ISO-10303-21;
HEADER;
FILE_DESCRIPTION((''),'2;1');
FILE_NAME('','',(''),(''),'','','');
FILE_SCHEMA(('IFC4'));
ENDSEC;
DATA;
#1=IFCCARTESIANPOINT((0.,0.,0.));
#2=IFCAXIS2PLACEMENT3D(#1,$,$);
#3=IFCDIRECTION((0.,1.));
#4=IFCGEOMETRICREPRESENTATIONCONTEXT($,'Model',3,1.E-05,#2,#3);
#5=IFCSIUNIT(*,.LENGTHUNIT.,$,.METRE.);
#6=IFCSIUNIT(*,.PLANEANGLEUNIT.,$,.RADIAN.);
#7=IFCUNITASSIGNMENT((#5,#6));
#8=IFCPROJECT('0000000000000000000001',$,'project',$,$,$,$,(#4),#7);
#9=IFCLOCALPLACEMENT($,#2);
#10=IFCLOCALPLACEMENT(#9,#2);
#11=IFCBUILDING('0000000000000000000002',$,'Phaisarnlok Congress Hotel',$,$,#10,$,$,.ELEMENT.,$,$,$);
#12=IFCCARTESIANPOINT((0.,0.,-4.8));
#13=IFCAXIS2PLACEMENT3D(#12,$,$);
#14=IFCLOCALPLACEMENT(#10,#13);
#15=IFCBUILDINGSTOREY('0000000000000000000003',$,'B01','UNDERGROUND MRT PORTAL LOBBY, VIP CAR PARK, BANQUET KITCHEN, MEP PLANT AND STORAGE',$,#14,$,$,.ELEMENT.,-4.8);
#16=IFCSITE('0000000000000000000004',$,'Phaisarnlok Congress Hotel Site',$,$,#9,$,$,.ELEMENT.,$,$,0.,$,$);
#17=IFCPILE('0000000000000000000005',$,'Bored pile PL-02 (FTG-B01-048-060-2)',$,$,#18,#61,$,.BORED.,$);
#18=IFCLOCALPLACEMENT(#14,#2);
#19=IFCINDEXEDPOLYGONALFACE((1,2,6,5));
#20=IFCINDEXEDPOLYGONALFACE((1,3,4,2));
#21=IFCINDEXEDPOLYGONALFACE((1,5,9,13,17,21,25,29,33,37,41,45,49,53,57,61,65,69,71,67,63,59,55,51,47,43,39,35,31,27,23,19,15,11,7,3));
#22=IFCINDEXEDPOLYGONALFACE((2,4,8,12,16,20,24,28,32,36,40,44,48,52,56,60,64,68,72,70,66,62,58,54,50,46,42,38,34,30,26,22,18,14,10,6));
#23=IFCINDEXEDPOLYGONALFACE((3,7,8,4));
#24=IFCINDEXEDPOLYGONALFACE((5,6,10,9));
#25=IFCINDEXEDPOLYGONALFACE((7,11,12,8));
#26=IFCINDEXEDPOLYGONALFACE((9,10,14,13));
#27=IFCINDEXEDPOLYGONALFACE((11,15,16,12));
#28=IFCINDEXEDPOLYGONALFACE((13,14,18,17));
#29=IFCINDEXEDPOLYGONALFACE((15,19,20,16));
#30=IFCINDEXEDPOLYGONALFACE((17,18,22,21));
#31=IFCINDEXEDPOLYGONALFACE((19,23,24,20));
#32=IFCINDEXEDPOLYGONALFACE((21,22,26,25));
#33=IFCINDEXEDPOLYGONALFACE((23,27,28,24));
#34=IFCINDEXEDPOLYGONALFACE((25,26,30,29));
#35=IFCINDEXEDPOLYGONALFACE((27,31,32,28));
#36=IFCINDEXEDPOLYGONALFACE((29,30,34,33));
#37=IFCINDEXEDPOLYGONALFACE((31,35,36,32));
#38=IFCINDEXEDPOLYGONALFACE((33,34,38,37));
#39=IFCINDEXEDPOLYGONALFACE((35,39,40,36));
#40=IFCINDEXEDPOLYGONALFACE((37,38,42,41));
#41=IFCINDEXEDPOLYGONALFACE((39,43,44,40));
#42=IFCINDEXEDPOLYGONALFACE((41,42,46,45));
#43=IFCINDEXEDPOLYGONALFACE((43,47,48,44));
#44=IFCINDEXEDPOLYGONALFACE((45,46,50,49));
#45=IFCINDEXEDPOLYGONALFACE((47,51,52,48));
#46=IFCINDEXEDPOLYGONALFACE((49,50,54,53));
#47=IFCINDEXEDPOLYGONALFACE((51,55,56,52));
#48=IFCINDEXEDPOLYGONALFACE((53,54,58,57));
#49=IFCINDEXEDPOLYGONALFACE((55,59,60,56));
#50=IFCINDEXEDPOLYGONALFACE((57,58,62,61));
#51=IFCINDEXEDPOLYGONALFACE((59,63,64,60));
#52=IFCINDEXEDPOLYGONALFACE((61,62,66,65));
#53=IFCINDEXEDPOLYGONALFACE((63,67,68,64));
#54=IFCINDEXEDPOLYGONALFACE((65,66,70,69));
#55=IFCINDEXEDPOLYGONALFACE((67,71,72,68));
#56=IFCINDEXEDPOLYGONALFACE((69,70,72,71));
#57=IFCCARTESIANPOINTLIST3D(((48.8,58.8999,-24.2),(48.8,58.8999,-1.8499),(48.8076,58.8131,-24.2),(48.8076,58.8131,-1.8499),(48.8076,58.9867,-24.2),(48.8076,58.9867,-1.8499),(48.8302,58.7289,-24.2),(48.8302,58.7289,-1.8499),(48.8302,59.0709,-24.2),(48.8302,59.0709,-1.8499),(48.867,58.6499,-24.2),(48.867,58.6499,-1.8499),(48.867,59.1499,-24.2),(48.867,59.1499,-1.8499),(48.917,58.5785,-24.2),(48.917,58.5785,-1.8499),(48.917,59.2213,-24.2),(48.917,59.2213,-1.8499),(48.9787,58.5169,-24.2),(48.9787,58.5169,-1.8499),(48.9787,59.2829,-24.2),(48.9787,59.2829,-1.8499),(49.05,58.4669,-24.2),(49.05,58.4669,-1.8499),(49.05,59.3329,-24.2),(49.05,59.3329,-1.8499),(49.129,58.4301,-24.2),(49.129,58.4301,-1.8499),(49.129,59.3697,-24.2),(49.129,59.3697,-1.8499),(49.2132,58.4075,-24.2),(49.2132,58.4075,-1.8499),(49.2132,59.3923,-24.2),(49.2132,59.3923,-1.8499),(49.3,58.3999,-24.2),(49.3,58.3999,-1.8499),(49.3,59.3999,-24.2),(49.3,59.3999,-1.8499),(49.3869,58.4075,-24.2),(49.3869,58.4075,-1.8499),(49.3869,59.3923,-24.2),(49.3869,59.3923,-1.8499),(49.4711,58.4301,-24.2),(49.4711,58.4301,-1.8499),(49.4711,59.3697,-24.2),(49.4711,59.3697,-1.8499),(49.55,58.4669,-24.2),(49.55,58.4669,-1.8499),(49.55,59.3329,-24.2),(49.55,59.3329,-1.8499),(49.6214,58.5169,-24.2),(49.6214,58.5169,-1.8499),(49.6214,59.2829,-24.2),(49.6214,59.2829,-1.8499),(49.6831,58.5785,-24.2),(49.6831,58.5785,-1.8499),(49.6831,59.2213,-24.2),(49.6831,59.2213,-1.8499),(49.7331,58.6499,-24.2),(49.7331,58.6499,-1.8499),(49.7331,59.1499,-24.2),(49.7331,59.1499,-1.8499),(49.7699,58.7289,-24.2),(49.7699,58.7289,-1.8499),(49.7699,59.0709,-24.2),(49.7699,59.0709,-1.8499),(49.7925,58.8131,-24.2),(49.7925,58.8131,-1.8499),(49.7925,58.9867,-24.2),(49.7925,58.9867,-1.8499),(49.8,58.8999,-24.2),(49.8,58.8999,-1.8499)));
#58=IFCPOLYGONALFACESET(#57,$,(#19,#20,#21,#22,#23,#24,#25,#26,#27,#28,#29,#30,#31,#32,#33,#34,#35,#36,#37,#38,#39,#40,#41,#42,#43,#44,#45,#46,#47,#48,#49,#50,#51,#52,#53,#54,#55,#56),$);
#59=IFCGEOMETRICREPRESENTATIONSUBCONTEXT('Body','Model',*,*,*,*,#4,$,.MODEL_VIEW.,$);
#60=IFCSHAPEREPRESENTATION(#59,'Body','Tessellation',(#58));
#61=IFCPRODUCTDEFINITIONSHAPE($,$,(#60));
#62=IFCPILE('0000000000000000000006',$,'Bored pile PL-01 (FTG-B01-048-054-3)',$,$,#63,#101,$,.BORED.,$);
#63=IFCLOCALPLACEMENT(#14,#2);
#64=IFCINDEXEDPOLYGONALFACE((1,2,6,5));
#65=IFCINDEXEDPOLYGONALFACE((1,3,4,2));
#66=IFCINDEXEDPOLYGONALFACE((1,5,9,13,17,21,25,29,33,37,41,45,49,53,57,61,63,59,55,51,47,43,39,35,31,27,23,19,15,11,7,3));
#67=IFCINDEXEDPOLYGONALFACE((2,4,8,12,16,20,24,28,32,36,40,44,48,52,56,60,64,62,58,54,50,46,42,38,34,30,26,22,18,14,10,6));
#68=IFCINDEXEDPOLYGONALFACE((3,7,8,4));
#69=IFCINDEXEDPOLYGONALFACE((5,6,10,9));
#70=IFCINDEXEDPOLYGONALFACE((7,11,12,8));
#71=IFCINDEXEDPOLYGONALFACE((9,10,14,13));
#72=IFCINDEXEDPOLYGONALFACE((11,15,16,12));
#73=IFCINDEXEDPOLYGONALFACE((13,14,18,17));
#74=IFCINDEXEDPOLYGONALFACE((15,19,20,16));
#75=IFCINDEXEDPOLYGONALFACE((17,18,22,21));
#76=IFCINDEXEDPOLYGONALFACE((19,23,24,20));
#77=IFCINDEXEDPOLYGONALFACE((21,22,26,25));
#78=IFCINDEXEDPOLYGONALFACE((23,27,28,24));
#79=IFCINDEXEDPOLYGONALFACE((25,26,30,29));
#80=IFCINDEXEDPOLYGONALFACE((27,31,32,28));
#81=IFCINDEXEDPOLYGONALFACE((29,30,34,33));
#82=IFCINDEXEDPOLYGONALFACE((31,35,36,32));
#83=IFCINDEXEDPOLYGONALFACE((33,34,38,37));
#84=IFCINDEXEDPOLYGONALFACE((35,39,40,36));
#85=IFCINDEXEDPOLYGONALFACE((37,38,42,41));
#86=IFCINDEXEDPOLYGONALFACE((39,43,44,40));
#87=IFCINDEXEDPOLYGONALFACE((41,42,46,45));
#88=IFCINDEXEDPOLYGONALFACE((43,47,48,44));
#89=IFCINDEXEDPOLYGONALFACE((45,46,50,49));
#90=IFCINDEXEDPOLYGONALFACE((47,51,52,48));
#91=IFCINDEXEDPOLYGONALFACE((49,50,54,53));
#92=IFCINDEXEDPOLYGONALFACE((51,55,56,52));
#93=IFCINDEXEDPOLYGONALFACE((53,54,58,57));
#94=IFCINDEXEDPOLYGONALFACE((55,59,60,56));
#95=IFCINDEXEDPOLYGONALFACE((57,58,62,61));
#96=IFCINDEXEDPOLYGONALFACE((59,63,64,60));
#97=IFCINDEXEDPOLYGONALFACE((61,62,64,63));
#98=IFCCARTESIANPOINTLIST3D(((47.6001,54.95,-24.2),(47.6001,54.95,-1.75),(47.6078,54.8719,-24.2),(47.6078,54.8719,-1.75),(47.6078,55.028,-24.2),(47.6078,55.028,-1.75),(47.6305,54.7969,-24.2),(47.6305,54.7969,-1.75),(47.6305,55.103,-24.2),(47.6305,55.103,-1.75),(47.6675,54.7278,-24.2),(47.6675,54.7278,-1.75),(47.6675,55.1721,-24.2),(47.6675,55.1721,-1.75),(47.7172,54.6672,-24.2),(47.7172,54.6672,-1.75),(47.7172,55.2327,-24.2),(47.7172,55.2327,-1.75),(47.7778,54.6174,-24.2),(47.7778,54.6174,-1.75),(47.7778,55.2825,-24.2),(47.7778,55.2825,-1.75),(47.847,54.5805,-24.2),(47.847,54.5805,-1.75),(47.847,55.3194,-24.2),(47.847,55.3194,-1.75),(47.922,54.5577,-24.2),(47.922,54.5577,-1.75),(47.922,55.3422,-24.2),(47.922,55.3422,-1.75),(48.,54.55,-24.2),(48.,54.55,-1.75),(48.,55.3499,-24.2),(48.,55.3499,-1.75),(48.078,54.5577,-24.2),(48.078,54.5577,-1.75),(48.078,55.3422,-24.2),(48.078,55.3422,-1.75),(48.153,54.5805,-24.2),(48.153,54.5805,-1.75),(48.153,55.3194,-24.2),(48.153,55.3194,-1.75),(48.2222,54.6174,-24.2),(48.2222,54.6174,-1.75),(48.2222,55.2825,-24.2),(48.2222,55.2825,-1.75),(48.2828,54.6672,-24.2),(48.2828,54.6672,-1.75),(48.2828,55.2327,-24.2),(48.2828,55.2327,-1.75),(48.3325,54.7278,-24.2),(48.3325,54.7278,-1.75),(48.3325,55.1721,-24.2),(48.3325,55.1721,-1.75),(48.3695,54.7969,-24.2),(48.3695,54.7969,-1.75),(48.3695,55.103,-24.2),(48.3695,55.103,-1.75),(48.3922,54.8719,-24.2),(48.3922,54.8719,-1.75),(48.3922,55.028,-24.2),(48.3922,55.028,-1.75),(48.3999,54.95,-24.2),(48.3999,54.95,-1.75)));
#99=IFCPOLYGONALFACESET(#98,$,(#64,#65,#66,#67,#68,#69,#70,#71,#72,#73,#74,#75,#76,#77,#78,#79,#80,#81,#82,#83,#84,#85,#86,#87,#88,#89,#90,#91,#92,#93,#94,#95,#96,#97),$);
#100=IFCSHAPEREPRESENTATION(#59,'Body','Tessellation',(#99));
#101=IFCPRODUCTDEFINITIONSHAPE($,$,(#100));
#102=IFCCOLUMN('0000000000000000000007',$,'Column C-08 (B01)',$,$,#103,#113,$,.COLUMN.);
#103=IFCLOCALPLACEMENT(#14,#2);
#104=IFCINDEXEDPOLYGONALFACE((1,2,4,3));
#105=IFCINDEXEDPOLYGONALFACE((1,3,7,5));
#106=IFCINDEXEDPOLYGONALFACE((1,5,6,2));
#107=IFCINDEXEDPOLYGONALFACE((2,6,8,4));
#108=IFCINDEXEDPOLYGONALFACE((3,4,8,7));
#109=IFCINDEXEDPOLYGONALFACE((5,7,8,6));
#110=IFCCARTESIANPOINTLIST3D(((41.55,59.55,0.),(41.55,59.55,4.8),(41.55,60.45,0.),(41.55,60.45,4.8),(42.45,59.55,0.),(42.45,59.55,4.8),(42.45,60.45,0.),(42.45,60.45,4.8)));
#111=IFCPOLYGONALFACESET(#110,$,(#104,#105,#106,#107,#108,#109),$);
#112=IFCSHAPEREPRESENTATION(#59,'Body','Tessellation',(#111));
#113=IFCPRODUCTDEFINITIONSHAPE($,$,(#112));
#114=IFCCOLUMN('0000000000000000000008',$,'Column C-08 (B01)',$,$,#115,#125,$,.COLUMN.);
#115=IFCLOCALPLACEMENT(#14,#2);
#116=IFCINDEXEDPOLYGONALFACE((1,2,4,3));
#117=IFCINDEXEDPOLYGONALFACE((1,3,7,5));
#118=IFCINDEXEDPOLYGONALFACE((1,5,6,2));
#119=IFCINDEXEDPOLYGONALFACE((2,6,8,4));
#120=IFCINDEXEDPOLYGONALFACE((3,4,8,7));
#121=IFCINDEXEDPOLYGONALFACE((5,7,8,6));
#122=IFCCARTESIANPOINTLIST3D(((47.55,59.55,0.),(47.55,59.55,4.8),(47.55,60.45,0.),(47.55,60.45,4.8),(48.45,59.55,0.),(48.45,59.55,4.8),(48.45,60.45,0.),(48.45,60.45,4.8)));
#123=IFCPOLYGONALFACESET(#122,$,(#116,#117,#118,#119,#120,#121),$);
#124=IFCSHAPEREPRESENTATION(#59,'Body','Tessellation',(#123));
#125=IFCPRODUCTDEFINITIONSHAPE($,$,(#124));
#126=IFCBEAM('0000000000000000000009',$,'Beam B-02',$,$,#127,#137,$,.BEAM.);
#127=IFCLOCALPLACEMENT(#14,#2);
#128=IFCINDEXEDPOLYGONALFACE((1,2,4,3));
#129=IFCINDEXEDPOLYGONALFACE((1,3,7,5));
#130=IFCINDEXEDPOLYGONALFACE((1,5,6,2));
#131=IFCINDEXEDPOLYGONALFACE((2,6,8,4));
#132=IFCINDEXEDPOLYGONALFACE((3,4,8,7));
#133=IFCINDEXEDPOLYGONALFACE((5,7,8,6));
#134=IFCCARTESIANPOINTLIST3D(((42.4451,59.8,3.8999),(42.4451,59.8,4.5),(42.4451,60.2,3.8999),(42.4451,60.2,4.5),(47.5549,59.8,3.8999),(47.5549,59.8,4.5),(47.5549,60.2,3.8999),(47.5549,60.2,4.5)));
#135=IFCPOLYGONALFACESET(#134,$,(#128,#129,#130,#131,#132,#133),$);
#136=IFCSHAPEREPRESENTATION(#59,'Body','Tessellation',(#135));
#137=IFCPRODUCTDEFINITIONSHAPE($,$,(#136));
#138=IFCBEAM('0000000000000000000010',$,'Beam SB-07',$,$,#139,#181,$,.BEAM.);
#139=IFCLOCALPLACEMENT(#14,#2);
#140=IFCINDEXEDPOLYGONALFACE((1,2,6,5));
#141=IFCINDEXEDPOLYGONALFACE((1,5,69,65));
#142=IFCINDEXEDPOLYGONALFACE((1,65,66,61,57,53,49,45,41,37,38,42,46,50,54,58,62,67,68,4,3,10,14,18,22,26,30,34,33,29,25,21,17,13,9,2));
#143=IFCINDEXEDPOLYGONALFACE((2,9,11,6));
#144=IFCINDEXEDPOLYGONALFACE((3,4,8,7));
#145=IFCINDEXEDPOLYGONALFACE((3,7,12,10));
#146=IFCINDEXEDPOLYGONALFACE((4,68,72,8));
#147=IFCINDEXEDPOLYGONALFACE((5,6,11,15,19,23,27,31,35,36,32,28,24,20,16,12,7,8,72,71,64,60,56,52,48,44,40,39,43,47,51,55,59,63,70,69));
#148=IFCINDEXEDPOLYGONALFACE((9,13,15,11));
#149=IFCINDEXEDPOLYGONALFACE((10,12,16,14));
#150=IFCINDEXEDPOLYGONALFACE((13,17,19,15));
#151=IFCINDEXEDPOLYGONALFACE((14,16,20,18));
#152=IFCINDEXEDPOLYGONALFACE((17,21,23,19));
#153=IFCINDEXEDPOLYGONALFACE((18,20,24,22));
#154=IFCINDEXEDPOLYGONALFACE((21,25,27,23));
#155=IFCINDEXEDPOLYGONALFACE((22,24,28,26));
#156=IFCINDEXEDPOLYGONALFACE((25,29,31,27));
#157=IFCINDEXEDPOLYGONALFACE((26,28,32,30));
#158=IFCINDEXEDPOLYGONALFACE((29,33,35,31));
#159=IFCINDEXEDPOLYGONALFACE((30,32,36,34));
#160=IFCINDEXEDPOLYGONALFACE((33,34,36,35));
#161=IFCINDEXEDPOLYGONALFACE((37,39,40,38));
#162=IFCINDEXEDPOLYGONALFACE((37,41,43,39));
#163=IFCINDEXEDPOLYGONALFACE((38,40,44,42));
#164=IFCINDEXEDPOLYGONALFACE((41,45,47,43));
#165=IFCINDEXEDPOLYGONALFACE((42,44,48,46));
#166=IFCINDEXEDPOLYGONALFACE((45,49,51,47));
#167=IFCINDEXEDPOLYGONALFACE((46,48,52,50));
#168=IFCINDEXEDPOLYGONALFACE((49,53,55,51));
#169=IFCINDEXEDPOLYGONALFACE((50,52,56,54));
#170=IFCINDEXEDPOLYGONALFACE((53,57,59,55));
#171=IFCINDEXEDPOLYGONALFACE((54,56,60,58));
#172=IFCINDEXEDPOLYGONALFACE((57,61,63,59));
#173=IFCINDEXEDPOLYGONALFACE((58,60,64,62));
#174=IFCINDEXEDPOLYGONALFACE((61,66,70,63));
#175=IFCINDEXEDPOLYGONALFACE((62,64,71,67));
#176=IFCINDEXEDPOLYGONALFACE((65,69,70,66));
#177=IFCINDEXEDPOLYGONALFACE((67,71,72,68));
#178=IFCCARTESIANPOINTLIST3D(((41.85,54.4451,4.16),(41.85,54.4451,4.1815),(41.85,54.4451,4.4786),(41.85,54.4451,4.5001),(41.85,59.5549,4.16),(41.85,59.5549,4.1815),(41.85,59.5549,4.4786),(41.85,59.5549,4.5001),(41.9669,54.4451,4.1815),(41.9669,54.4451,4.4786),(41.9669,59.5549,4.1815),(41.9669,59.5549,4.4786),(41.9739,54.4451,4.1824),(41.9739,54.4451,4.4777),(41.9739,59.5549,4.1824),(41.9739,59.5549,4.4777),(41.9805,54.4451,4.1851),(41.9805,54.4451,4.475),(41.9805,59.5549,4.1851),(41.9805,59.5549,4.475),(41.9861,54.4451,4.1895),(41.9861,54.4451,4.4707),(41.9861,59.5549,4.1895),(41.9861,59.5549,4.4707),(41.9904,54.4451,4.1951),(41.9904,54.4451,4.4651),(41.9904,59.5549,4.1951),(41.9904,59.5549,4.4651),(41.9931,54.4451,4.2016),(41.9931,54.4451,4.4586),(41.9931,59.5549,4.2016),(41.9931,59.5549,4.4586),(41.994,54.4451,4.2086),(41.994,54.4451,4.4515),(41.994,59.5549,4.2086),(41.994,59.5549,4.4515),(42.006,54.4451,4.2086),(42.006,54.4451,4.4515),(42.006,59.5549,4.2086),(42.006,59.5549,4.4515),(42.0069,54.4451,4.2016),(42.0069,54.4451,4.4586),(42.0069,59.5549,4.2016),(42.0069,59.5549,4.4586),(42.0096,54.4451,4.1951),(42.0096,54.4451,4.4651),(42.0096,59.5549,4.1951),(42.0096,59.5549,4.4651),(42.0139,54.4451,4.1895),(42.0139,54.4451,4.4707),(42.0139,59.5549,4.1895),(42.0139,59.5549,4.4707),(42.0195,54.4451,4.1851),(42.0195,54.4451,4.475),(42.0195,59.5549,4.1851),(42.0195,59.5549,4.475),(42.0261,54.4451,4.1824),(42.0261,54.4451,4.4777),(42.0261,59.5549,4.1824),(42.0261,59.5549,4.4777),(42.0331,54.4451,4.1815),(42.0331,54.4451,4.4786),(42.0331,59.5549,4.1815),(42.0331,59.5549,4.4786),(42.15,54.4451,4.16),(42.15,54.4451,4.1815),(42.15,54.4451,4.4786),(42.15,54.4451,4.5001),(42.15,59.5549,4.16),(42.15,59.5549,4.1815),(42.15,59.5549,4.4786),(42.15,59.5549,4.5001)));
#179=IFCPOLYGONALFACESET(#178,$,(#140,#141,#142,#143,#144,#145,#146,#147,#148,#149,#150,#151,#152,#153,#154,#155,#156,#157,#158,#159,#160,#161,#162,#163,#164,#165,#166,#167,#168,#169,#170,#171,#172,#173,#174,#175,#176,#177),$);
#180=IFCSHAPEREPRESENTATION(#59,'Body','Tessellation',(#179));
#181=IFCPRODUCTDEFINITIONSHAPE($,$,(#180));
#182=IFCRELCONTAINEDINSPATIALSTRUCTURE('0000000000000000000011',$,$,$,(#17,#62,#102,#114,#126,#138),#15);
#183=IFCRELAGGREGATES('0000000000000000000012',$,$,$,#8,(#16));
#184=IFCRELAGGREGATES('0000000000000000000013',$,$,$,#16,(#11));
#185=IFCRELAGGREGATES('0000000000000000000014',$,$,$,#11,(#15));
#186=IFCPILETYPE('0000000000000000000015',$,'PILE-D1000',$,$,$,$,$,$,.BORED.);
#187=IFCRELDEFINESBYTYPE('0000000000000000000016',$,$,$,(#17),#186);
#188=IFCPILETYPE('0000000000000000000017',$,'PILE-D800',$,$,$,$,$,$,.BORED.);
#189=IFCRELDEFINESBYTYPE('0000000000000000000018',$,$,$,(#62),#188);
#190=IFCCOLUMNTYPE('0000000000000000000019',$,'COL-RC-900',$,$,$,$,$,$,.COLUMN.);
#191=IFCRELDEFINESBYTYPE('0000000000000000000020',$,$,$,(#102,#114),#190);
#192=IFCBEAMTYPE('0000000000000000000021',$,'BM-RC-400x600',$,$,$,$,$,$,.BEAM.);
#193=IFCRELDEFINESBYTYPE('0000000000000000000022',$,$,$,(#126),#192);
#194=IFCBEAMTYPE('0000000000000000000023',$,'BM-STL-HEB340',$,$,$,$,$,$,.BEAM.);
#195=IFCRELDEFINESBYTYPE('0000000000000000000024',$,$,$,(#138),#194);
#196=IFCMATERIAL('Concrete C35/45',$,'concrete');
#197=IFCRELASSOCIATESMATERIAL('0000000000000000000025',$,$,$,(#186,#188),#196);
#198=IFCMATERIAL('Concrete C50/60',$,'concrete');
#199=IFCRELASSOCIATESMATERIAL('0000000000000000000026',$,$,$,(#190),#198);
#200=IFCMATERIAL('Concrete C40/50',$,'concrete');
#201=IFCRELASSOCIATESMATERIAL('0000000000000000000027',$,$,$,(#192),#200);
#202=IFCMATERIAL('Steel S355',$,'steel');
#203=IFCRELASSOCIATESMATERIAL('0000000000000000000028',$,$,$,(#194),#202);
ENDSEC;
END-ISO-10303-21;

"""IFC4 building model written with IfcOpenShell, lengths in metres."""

from ifc_helpers import new_model, si_unit, direction, frame, origin, origin_2d, place, context, subcontext, project, spatial, rectangle, circle, i_section, extrude, material, material_profile, profile_set, type_object, element, save


model = new_model("IFC4")

# Units and contexts
model_context = context("Model", 3, precision=1e-05, world=origin(), true_north=direction((0.0, 1.0)))
body_context = subcontext(model_context, "Body", "Model", "MODEL_VIEW")
ifc_project = project(units=[si_unit("LENGTHUNIT", "METRE"), si_unit("PLANEANGLEUNIT", "RADIAN")], contexts=[model_context])

# Site, building, storey
site_placement = place(None, origin())
site = spatial("IfcSite", under=ifc_project, at=site_placement, Name="Phaisarnlok Congress Hotel Site", CompositionType="ELEMENT", RefElevation=0.0)
building_placement = place(site_placement, origin())
building = spatial("IfcBuilding", under=site, at=building_placement, Name="Phaisarnlok Congress Hotel", CompositionType="ELEMENT")
storey_placement = place(building_placement, frame((0.0, 0.0, -4.8)))
storey = spatial("IfcBuildingStorey", under=building, at=storey_placement, Name="B01", Description="UNDERGROUND MRT PORTAL LOBBY, VIP CAR PARK, BANQUET KITCHEN, MEP PLANT AND STORAGE", CompositionType="ELEMENT", Elevation=-4.8)

# Shared definitions
ifc_material_1 = material(Name="Concrete C40/50", Category="concrete")

# Piles
ifc_material_2 = material(Name="Concrete C35/45", Category="concrete")
ifc_material_profile_1 = material_profile(ifc_material_2, circle(Radius=0.5, at=origin_2d()), Name="BORED PILE D1000")
ifc_profile_set_1 = profile_set([ifc_material_profile_1], Name="Concrete C35/45")
pile_type_1 = type_object("IfcPileType", Name="PILE-D1000", PredefinedType="BORED", material=ifc_profile_set_1)
for number, where, z_axis, x_axis, name in (
    (1, (49.3, 58.8999, -1.8499), (0.0, 0.0, -1.0), (1.0, 0.0, 0.0), "Bored pile PL-02 (FTG-B01-048-060-2)"),
):
    element("IfcPile", number, at=place(storey_placement, frame(where, z_axis=z_axis, x_axis=x_axis)), inside=storey, type_object=pile_type_1, Name=name, PredefinedType="BORED", context=body_context, shape_type="SweptSolid", body=[
        extrude(circle(Radius=0.5, at=origin_2d()), origin(), (0.0, 0.0, 1.0), 22.3501),
    ])
ifc_material_profile_2 = material_profile(ifc_material_2, circle(Radius=0.3999, at=origin_2d()), Name="BORED PILE D800")
ifc_profile_set_2 = profile_set([ifc_material_profile_2], Name="Concrete C35/45")
pile_type_2 = type_object("IfcPileType", Name="PILE-D800", PredefinedType="BORED", material=ifc_profile_set_2)
pile_1_placement = place(storey_placement, frame((48.0, 54.95, -1.75), z_axis=(0.0, 0.0, -1.0), x_axis=(1.0, 0.0, 0.0)))
element("IfcPile", 2, at=pile_1_placement, inside=storey, type_object=pile_type_2, Name="Bored pile PL-01 (FTG-B01-048-054-3)", PredefinedType="BORED", context=body_context, shape_type="SweptSolid", body=[
    extrude(circle(Radius=0.3999, at=origin_2d()), origin(), (0.0, 0.0, 1.0), 22.45),
])

# Columns
ifc_material_3 = material(Name="Concrete C50/60", Category="concrete")
ifc_material_profile_3 = material_profile(ifc_material_3, rectangle(XDim=0.8999, YDim=0.8999, at=origin_2d()), Name="RC 900x900")
ifc_profile_set_3 = profile_set([ifc_material_profile_3], Name="Concrete C50/60")
column_type = type_object("IfcColumnType", Name="COL-RC-900", PredefinedType="COLUMN", material=ifc_profile_set_3)
for number, where, z_axis, x_axis, name in (
    (3, (42.0, 60.0, 0.0), (0.0, 0.0, 1.0), (1.0, 0.0, 0.0), "Column C-08 (B01)"),
    (4, (48.0, 60.0, 0.0), (0.0, 0.0, 1.0), (1.0, 0.0, 0.0), "Column C-08 (B01)"),
):
    element("IfcColumn", number, at=place(storey_placement, frame(where, z_axis=z_axis, x_axis=x_axis)), inside=storey, type_object=column_type, Name=name, PredefinedType="COLUMN", context=body_context, shape_type="SweptSolid", body=[
        extrude(rectangle(XDim=0.8999, YDim=0.8999, at=origin_2d()), origin(), (0.0, 0.0, 1.0), 4.8),
    ])

# Beams
ifc_material_profile_4 = material_profile(ifc_material_1, rectangle(XDim=0.3999, YDim=0.6001, at=origin_2d()), Name="RC 400x600")
ifc_profile_set_4 = profile_set([ifc_material_profile_4], Name="Concrete C40/50")
beam_type_1 = type_object("IfcBeamType", Name="BM-RC-400x600", PredefinedType="BEAM", material=ifc_profile_set_4)
beam_1_placement = place(storey_placement, frame((42.4451, 60.0, 4.2), z_axis=(1.0, 0.0, 0.0), x_axis=(0.0, 1.0, 0.0)))
element("IfcBeam", 5, at=beam_1_placement, inside=storey, type_object=beam_type_1, Name="Beam B-02", PredefinedType="BEAM", context=body_context, shape_type="SweptSolid", body=[
    extrude(rectangle(XDim=0.3999, YDim=0.6001, at=origin_2d()), origin(), (0.0, 0.0, 1.0), 5.1099),
])
ifc_material_4 = material(Name="Steel S355", Category="steel")
ifc_material_profile_5 = material_profile(ifc_material_4, i_section(OverallWidth=0.3, OverallDepth=0.3401, WebThickness=0.012, FlangeThickness=0.0215, FilletRadius=0.0271, at=origin_2d()), Name="HEB 340")
ifc_profile_set_5 = profile_set([ifc_material_profile_5], Name="Steel S355")
beam_type_2 = type_object("IfcBeamType", Name="BM-STL-HEB340", PredefinedType="BEAM", material=ifc_profile_set_5)
for number, where, z_axis, x_axis, name in (
    (6, (42.0, 54.4451, 4.3301), (0.0, 1.0, 0.0), (-1.0, 0.0, 0.0), "Beam SB-07"),
):
    element("IfcBeam", number, at=place(storey_placement, frame(where, z_axis=z_axis, x_axis=x_axis)), inside=storey, type_object=beam_type_2, Name=name, PredefinedType="BEAM", context=body_context, shape_type="SweptSolid", body=[
        extrude(i_section(OverallWidth=0.3, OverallDepth=0.3401, WebThickness=0.012, FlangeThickness=0.0215, FilletRadius=0.0271, at=origin_2d()), origin(), (0.0, 0.0, 1.0), 5.1099),
    ])

save(model, "model.ifc")
